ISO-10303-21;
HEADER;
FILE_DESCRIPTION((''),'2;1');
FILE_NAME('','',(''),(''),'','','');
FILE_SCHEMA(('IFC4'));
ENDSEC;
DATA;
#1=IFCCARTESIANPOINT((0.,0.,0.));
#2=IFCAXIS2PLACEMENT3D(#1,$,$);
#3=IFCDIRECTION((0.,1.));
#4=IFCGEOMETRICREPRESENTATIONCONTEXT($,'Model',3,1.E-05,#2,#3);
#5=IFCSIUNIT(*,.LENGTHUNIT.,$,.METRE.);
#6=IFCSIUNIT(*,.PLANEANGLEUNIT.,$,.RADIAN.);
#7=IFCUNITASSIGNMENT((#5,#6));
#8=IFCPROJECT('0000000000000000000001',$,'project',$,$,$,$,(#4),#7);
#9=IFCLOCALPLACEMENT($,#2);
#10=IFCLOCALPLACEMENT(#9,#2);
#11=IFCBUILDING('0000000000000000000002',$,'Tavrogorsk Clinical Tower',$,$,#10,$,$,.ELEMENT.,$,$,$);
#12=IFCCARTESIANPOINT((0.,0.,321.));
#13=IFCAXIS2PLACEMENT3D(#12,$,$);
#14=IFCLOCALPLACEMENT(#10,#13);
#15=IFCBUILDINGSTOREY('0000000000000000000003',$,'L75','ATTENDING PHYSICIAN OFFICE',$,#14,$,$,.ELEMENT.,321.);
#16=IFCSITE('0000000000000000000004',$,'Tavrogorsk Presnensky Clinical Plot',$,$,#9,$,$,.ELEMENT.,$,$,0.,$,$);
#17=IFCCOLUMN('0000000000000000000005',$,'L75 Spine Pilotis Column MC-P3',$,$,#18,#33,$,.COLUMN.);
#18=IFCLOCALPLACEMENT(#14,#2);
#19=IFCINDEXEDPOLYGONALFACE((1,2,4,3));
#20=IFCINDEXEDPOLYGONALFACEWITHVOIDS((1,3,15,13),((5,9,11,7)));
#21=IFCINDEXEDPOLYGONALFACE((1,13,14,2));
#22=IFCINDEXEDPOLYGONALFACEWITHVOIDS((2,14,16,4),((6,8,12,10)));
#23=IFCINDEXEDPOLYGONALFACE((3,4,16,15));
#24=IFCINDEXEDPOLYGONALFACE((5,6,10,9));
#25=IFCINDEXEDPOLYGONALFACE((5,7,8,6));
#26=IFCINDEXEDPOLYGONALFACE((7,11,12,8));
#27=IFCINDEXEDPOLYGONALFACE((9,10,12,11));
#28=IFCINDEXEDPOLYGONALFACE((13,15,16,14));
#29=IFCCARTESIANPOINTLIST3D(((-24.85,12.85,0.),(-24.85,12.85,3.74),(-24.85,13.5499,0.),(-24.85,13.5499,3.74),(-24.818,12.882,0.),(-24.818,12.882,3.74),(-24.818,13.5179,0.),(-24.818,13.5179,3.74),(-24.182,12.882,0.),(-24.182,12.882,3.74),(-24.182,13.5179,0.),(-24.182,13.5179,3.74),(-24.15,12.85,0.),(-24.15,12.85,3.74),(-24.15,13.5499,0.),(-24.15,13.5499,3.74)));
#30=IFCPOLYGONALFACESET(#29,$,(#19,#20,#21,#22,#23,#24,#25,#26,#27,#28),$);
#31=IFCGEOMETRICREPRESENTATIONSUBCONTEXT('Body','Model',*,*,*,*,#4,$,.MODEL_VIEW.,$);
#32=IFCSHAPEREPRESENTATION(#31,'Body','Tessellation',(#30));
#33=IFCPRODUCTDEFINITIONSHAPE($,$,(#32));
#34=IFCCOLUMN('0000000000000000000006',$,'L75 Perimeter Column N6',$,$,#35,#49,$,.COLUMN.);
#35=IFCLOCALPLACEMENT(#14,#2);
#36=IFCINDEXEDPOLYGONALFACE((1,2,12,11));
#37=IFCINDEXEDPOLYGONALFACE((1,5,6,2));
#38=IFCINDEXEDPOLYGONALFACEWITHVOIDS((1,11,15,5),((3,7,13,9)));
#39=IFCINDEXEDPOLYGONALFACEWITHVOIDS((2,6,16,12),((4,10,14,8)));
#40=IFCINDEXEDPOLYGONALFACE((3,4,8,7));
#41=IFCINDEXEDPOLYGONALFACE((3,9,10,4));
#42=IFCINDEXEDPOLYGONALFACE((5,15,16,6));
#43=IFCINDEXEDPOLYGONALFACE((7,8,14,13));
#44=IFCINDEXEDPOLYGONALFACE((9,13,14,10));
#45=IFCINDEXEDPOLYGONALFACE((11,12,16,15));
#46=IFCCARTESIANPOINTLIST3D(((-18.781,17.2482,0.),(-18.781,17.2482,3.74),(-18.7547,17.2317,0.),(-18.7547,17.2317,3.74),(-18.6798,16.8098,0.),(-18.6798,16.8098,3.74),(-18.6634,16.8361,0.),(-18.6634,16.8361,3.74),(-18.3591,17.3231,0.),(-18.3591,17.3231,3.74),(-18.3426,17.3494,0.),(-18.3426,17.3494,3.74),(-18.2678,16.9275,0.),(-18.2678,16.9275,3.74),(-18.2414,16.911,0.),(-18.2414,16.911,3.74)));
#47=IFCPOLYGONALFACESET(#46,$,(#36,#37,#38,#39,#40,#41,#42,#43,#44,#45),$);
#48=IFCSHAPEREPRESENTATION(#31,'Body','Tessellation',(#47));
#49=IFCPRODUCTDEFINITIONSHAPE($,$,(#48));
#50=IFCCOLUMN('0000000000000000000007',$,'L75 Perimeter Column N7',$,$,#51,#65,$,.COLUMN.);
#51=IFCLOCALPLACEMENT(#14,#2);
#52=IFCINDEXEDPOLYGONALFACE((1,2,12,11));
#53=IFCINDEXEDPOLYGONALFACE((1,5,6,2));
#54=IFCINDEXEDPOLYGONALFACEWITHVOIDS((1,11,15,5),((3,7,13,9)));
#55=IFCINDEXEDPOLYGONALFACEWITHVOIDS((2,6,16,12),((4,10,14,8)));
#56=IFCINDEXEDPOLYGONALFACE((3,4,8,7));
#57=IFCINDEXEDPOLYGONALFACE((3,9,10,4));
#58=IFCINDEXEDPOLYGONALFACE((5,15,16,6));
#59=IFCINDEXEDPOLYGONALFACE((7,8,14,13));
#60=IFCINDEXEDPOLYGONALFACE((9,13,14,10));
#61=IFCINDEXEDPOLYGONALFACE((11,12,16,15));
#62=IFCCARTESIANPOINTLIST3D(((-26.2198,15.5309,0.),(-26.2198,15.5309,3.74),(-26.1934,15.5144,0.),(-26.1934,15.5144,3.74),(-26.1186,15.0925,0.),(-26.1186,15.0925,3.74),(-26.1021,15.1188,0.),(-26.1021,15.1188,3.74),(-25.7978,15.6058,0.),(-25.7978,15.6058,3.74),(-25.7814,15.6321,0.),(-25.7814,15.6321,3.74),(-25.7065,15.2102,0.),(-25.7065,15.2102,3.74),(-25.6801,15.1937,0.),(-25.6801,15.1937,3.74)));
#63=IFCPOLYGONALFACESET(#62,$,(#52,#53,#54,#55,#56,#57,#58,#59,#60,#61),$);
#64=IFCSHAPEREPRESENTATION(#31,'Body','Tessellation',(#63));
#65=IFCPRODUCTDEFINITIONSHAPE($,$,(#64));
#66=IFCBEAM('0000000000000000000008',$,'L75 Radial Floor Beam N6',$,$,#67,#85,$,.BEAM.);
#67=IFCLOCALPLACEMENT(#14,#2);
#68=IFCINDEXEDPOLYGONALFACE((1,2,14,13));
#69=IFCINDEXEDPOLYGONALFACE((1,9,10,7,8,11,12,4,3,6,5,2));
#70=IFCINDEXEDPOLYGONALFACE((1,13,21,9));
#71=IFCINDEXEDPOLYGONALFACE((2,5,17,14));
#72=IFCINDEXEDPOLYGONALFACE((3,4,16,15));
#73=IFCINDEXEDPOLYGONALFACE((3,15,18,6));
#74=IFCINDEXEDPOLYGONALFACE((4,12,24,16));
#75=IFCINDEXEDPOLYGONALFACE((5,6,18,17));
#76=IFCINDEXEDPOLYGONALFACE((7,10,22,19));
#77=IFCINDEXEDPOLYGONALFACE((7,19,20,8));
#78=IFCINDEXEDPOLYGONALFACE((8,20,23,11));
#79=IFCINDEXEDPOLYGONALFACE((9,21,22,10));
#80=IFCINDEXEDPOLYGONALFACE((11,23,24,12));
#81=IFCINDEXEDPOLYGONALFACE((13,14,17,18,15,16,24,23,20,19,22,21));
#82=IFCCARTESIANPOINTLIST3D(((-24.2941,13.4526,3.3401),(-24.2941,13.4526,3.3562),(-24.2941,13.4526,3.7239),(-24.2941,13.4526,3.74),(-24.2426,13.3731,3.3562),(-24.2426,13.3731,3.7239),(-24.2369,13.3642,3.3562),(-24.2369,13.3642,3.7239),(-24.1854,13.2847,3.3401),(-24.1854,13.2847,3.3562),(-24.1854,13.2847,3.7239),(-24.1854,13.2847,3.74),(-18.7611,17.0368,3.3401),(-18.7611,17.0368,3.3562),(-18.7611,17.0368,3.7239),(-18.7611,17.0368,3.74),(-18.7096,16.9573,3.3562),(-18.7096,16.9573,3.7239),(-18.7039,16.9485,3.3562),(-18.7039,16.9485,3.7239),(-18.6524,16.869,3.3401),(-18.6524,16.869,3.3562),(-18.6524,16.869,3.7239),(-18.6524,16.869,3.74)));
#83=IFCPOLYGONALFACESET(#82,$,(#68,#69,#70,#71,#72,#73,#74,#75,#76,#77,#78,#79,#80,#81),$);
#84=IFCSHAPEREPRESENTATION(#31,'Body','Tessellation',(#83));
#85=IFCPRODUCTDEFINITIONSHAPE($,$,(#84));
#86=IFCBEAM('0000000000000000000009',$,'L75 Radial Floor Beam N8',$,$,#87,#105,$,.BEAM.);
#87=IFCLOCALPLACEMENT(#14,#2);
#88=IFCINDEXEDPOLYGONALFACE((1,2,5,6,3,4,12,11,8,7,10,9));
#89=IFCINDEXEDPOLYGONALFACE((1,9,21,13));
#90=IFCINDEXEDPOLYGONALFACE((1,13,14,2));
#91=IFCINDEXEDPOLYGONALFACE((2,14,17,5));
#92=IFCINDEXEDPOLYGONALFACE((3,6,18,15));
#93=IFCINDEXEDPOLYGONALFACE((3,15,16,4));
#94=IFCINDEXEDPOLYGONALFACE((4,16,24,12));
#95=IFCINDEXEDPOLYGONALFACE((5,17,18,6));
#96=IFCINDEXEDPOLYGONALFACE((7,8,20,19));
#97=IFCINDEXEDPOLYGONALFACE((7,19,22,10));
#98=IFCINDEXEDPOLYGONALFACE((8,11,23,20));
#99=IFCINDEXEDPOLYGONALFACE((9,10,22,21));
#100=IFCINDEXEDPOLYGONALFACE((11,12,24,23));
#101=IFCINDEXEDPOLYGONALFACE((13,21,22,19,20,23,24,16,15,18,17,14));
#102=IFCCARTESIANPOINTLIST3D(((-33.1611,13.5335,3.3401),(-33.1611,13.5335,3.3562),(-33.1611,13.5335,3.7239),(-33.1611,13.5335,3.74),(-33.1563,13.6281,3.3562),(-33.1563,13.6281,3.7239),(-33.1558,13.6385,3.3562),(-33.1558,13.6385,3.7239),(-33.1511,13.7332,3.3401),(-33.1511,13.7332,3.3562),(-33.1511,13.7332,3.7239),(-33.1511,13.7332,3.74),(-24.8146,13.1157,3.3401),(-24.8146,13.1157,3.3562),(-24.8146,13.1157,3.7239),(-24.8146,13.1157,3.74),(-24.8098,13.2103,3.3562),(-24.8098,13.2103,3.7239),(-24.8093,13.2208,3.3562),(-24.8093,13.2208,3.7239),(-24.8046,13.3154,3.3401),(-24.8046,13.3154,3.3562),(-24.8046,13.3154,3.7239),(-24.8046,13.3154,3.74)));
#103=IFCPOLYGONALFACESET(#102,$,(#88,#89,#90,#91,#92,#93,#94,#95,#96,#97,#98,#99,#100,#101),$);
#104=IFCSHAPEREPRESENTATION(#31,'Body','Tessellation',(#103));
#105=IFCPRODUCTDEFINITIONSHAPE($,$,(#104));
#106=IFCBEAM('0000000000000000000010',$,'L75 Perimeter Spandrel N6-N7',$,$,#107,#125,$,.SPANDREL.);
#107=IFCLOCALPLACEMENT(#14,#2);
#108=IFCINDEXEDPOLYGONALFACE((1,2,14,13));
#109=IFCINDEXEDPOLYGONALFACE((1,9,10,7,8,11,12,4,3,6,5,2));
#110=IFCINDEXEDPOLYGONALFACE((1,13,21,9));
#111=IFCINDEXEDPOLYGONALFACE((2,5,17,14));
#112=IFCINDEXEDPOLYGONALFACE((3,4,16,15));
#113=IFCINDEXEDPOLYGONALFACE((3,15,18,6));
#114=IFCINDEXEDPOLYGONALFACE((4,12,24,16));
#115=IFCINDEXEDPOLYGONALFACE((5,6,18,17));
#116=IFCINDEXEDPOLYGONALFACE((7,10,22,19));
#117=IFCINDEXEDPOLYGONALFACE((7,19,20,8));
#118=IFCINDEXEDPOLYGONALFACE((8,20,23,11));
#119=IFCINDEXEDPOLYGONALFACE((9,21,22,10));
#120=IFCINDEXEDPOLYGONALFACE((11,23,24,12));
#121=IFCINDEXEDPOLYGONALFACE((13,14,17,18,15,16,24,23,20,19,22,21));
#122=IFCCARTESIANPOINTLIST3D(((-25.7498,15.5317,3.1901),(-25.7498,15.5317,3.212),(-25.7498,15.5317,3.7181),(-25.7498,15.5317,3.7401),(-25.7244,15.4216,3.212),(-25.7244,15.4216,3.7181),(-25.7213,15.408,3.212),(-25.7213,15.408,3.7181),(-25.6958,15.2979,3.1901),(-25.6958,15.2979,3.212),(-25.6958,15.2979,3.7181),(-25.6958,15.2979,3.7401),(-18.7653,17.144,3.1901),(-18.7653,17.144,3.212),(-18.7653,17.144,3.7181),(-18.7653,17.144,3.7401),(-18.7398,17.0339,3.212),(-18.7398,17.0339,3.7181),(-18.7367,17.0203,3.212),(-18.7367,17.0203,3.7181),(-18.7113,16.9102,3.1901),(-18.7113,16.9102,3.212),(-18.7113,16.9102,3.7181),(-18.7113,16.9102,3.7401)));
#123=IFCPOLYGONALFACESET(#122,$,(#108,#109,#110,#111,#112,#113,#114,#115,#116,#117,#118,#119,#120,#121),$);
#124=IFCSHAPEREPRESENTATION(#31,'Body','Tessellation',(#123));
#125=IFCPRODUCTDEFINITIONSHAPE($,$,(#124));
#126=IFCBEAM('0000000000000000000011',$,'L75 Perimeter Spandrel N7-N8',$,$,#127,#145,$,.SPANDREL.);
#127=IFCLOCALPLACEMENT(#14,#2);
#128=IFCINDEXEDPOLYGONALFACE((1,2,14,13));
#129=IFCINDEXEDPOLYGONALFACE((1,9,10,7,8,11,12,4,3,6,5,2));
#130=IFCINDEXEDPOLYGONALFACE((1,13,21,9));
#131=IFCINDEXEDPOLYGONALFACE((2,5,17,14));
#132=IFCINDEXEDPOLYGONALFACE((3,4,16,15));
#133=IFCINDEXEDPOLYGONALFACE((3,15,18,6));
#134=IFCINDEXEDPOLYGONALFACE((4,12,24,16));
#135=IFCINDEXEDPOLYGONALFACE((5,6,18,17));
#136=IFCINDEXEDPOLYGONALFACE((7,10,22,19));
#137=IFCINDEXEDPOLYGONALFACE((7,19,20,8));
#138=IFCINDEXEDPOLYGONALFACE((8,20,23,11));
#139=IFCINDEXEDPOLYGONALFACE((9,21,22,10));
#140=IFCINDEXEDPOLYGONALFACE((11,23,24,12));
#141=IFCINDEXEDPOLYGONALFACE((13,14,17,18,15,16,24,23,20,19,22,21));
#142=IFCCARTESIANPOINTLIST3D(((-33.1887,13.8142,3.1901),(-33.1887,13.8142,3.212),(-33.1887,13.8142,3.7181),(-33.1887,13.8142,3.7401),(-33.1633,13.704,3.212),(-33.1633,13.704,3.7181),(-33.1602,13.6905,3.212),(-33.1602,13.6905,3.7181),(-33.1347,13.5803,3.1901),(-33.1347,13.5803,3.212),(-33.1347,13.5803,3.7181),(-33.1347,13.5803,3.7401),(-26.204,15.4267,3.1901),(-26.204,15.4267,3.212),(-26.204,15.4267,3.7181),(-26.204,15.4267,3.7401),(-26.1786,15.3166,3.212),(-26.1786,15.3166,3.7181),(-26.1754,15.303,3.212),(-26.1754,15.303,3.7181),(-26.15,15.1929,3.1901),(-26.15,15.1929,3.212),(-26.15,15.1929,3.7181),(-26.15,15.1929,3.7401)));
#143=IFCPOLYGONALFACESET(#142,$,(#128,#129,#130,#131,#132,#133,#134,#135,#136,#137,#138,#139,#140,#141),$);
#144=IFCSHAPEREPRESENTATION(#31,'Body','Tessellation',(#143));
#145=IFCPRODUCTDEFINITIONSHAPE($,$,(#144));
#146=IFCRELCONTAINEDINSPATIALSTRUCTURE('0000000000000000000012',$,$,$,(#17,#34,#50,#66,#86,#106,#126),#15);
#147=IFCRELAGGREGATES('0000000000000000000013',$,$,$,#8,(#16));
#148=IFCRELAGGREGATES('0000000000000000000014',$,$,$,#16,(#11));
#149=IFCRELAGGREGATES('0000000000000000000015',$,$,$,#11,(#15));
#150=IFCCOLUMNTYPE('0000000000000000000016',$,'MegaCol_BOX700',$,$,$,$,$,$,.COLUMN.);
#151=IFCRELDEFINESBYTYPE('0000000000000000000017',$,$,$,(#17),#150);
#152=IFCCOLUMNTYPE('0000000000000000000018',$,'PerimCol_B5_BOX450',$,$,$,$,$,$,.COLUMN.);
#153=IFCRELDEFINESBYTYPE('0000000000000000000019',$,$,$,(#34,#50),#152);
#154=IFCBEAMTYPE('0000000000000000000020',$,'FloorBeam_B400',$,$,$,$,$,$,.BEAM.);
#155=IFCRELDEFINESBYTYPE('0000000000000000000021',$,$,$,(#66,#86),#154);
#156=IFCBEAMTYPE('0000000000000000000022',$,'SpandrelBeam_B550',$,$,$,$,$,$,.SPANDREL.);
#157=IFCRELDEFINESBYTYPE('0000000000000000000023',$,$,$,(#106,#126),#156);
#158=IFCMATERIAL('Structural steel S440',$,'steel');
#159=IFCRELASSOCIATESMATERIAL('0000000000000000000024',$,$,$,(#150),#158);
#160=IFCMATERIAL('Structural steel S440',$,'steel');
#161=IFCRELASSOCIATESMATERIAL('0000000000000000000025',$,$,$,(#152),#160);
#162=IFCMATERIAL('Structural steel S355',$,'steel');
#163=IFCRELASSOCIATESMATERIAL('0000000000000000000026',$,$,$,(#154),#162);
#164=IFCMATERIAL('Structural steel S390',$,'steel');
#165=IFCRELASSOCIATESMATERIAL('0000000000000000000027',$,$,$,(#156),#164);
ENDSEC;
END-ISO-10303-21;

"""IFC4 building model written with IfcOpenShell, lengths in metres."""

from ifc_helpers import new_model, si_unit, direction, frame, origin, origin_2d, place, context, subcontext, project, spatial, hollow_rectangle, i_section, extrude, material, material_profile, profile_set, type_object, element, save


model = new_model("IFC4")

# Units and contexts
model_context = context("Model", 3, precision=1e-05, world=origin(), true_north=direction((0.0, 1.0)))
body_context = subcontext(model_context, "Body", "Model", "MODEL_VIEW")
ifc_project = project(units=[si_unit("LENGTHUNIT", "METRE"), si_unit("PLANEANGLEUNIT", "RADIAN")], contexts=[model_context])

# Site, building, storey
site_placement = place(None, origin())
site = spatial("IfcSite", under=ifc_project, at=site_placement, Name="Tavrogorsk Presnensky Clinical Plot", CompositionType="ELEMENT", RefElevation=0.0)
building_placement = place(site_placement, origin())
building = spatial("IfcBuilding", under=site, at=building_placement, Name="Tavrogorsk Clinical Tower", CompositionType="ELEMENT")
storey_placement = place(building_placement, frame((0.0, 0.0, 321.0)))
storey = spatial("IfcBuildingStorey", under=building, at=storey_placement, Name="L75", Description="ATTENDING PHYSICIAN OFFICE", CompositionType="ELEMENT", Elevation=321.0)

# Columns
ifc_material_1 = material(Name="Structural steel S440", Category="steel")
ifc_material_profile_1 = material_profile(ifc_material_1, hollow_rectangle(XDim=0.7, YDim=0.7, WallThickness=0.032, at=origin_2d()), Name="BOX-700x700x32")
ifc_profile_set_1 = profile_set([ifc_material_profile_1], Name="Structural steel S440")
column_type_1 = type_object("IfcColumnType", Name="MegaCol_BOX700", PredefinedType="COLUMN", material=ifc_profile_set_1)
column_placement = place(storey_placement, frame((-24.5, 13.2, 0.0), z_axis=(0.0, 0.0, 1.0), x_axis=(1.0, 0.0, 0.0)))
element("IfcColumn", 1, at=column_placement, inside=storey, type_object=column_type_1, Name="L75 Spine Pilotis Column MC-P3", PredefinedType="COLUMN", context=body_context, shape_type="SweptSolid", body=[
    extrude(hollow_rectangle(XDim=0.7, YDim=0.7, WallThickness=0.032, at=origin_2d()), origin(), (0.0, 0.0, 1.0), 3.74),
])
ifc_material_2 = material(Name="Structural steel S440", Category="steel")
ifc_material_profile_2 = material_profile(ifc_material_2, hollow_rectangle(XDim=0.45, YDim=0.45, WallThickness=0.022, at=origin_2d()), Name="BOX-450x450x22")
ifc_profile_set_2 = profile_set([ifc_material_profile_2], Name="Structural steel S440")
column_type_2 = type_object("IfcColumnType", Name="PerimCol_B5_BOX450", PredefinedType="COLUMN", material=ifc_profile_set_2)
for number, where, z_axis, x_axis, name in (
    (2, (-18.5112, 17.0796, 0.0), (0.0, 0.0, 1.0), (0.97437, 0.224951, 0.0), "L75 Perimeter Column N6"),
    (3, (-25.95, 15.3623, 0.0), (0.0, 0.0, 1.0), (0.97437, 0.224951, 0.0), "L75 Perimeter Column N7"),
):
    element("IfcColumn", number, at=place(storey_placement, frame(where, z_axis=z_axis, x_axis=x_axis)), inside=storey, type_object=column_type_2, Name=name, PredefinedType="COLUMN", context=body_context, shape_type="SweptSolid", body=[
        extrude(hollow_rectangle(XDim=0.45, YDim=0.45, WallThickness=0.022, at=origin_2d()), origin(), (0.0, 0.0, 1.0), 3.74),
    ])

# Beams
ifc_material_3 = material(Name="Structural steel S355", Category="steel")
ifc_material_profile_3 = material_profile(ifc_material_3, i_section(OverallWidth=0.2, OverallDepth=0.3999, WebThickness=0.0105, FlangeThickness=0.0161, at=origin_2d()), Name="B-400x200x10.5x16")
ifc_profile_set_3 = profile_set([ifc_material_profile_3], Name="Structural steel S355")
beam_type_1 = type_object("IfcBeamType", Name="FloorBeam_B400", PredefinedType="BEAM", material=ifc_profile_set_3)
beam_1_placement = place(storey_placement, frame((-24.2397, 13.3687, 3.54), z_axis=(0.839288, 0.543687, 0.0), x_axis=(-0.543687, 0.839288, 0.0)))
element("IfcBeam", 4, at=beam_1_placement, inside=storey, type_object=beam_type_1, Name="L75 Radial Floor Beam N6", PredefinedType="BEAM", context=body_context, shape_type="SweptSolid", body=[
    extrude(i_section(OverallWidth=0.2, OverallDepth=0.3999, WebThickness=0.0105, FlangeThickness=0.0161, at=origin_2d()), origin(), (0.0, 0.0, 1.0), 6.5925),
])
beam_2_placement = place(storey_placement, frame((-24.8096, 13.2156, 3.54), z_axis=(-0.99875, 0.049986, 0.0), x_axis=(-0.049986, -0.99875, 0.0)))
element("IfcBeam", 5, at=beam_2_placement, inside=storey, type_object=beam_type_1, Name="L75 Radial Floor Beam N8", PredefinedType="BEAM", context=body_context, shape_type="SweptSolid", body=[
    extrude(i_section(OverallWidth=0.2, OverallDepth=0.3999, WebThickness=0.0105, FlangeThickness=0.0161, at=origin_2d()), origin(), (0.0, 0.0, 1.0), 8.3569),
])
ifc_material_4 = material(Name="Structural steel S390", Category="steel")
ifc_material_profile_4 = material_profile(ifc_material_4, i_section(OverallWidth=0.24, OverallDepth=0.55, WebThickness=0.0139, FlangeThickness=0.022, at=origin_2d()), Name="B-550x240x14x22")
ifc_profile_set_4 = profile_set([ifc_material_profile_4], Name="Structural steel S390")
beam_type_2 = type_object("IfcBeamType", Name="SpandrelBeam_B550", PredefinedType="SPANDREL", material=ifc_profile_set_4)
beam_3_placement = place(storey_placement, frame((-18.7383, 17.0271, 3.4651), z_axis=(-0.974377, -0.224922, 0.0), x_axis=(0.224922, -0.974377, 0.0)))
element("IfcBeam", 6, at=beam_3_placement, inside=storey, type_object=beam_type_2, Name="L75 Perimeter Spandrel N6-N7", PredefinedType="SPANDREL", context=body_context, shape_type="SweptSolid", body=[
    extrude(i_section(OverallWidth=0.24, OverallDepth=0.55, WebThickness=0.0139, FlangeThickness=0.022, at=origin_2d()), origin(), (0.0, 0.0, 1.0), 7.1682),
])
beam_4_placement = place(storey_placement, frame((-26.177, 15.3098, 3.4651), z_axis=(-0.974369, -0.224954, 0.0), x_axis=(0.224954, -0.974369, 0.0)))
element("IfcBeam", 7, at=beam_4_placement, inside=storey, type_object=beam_type_2, Name="L75 Perimeter Spandrel N7-N8", PredefinedType="SPANDREL", context=body_context, shape_type="SweptSolid", body=[
    extrude(i_section(OverallWidth=0.24, OverallDepth=0.55, WebThickness=0.0139, FlangeThickness=0.022, at=origin_2d()), origin(), (0.0, 0.0, 1.0), 7.1685),
])

save(model, "model.ifc")
